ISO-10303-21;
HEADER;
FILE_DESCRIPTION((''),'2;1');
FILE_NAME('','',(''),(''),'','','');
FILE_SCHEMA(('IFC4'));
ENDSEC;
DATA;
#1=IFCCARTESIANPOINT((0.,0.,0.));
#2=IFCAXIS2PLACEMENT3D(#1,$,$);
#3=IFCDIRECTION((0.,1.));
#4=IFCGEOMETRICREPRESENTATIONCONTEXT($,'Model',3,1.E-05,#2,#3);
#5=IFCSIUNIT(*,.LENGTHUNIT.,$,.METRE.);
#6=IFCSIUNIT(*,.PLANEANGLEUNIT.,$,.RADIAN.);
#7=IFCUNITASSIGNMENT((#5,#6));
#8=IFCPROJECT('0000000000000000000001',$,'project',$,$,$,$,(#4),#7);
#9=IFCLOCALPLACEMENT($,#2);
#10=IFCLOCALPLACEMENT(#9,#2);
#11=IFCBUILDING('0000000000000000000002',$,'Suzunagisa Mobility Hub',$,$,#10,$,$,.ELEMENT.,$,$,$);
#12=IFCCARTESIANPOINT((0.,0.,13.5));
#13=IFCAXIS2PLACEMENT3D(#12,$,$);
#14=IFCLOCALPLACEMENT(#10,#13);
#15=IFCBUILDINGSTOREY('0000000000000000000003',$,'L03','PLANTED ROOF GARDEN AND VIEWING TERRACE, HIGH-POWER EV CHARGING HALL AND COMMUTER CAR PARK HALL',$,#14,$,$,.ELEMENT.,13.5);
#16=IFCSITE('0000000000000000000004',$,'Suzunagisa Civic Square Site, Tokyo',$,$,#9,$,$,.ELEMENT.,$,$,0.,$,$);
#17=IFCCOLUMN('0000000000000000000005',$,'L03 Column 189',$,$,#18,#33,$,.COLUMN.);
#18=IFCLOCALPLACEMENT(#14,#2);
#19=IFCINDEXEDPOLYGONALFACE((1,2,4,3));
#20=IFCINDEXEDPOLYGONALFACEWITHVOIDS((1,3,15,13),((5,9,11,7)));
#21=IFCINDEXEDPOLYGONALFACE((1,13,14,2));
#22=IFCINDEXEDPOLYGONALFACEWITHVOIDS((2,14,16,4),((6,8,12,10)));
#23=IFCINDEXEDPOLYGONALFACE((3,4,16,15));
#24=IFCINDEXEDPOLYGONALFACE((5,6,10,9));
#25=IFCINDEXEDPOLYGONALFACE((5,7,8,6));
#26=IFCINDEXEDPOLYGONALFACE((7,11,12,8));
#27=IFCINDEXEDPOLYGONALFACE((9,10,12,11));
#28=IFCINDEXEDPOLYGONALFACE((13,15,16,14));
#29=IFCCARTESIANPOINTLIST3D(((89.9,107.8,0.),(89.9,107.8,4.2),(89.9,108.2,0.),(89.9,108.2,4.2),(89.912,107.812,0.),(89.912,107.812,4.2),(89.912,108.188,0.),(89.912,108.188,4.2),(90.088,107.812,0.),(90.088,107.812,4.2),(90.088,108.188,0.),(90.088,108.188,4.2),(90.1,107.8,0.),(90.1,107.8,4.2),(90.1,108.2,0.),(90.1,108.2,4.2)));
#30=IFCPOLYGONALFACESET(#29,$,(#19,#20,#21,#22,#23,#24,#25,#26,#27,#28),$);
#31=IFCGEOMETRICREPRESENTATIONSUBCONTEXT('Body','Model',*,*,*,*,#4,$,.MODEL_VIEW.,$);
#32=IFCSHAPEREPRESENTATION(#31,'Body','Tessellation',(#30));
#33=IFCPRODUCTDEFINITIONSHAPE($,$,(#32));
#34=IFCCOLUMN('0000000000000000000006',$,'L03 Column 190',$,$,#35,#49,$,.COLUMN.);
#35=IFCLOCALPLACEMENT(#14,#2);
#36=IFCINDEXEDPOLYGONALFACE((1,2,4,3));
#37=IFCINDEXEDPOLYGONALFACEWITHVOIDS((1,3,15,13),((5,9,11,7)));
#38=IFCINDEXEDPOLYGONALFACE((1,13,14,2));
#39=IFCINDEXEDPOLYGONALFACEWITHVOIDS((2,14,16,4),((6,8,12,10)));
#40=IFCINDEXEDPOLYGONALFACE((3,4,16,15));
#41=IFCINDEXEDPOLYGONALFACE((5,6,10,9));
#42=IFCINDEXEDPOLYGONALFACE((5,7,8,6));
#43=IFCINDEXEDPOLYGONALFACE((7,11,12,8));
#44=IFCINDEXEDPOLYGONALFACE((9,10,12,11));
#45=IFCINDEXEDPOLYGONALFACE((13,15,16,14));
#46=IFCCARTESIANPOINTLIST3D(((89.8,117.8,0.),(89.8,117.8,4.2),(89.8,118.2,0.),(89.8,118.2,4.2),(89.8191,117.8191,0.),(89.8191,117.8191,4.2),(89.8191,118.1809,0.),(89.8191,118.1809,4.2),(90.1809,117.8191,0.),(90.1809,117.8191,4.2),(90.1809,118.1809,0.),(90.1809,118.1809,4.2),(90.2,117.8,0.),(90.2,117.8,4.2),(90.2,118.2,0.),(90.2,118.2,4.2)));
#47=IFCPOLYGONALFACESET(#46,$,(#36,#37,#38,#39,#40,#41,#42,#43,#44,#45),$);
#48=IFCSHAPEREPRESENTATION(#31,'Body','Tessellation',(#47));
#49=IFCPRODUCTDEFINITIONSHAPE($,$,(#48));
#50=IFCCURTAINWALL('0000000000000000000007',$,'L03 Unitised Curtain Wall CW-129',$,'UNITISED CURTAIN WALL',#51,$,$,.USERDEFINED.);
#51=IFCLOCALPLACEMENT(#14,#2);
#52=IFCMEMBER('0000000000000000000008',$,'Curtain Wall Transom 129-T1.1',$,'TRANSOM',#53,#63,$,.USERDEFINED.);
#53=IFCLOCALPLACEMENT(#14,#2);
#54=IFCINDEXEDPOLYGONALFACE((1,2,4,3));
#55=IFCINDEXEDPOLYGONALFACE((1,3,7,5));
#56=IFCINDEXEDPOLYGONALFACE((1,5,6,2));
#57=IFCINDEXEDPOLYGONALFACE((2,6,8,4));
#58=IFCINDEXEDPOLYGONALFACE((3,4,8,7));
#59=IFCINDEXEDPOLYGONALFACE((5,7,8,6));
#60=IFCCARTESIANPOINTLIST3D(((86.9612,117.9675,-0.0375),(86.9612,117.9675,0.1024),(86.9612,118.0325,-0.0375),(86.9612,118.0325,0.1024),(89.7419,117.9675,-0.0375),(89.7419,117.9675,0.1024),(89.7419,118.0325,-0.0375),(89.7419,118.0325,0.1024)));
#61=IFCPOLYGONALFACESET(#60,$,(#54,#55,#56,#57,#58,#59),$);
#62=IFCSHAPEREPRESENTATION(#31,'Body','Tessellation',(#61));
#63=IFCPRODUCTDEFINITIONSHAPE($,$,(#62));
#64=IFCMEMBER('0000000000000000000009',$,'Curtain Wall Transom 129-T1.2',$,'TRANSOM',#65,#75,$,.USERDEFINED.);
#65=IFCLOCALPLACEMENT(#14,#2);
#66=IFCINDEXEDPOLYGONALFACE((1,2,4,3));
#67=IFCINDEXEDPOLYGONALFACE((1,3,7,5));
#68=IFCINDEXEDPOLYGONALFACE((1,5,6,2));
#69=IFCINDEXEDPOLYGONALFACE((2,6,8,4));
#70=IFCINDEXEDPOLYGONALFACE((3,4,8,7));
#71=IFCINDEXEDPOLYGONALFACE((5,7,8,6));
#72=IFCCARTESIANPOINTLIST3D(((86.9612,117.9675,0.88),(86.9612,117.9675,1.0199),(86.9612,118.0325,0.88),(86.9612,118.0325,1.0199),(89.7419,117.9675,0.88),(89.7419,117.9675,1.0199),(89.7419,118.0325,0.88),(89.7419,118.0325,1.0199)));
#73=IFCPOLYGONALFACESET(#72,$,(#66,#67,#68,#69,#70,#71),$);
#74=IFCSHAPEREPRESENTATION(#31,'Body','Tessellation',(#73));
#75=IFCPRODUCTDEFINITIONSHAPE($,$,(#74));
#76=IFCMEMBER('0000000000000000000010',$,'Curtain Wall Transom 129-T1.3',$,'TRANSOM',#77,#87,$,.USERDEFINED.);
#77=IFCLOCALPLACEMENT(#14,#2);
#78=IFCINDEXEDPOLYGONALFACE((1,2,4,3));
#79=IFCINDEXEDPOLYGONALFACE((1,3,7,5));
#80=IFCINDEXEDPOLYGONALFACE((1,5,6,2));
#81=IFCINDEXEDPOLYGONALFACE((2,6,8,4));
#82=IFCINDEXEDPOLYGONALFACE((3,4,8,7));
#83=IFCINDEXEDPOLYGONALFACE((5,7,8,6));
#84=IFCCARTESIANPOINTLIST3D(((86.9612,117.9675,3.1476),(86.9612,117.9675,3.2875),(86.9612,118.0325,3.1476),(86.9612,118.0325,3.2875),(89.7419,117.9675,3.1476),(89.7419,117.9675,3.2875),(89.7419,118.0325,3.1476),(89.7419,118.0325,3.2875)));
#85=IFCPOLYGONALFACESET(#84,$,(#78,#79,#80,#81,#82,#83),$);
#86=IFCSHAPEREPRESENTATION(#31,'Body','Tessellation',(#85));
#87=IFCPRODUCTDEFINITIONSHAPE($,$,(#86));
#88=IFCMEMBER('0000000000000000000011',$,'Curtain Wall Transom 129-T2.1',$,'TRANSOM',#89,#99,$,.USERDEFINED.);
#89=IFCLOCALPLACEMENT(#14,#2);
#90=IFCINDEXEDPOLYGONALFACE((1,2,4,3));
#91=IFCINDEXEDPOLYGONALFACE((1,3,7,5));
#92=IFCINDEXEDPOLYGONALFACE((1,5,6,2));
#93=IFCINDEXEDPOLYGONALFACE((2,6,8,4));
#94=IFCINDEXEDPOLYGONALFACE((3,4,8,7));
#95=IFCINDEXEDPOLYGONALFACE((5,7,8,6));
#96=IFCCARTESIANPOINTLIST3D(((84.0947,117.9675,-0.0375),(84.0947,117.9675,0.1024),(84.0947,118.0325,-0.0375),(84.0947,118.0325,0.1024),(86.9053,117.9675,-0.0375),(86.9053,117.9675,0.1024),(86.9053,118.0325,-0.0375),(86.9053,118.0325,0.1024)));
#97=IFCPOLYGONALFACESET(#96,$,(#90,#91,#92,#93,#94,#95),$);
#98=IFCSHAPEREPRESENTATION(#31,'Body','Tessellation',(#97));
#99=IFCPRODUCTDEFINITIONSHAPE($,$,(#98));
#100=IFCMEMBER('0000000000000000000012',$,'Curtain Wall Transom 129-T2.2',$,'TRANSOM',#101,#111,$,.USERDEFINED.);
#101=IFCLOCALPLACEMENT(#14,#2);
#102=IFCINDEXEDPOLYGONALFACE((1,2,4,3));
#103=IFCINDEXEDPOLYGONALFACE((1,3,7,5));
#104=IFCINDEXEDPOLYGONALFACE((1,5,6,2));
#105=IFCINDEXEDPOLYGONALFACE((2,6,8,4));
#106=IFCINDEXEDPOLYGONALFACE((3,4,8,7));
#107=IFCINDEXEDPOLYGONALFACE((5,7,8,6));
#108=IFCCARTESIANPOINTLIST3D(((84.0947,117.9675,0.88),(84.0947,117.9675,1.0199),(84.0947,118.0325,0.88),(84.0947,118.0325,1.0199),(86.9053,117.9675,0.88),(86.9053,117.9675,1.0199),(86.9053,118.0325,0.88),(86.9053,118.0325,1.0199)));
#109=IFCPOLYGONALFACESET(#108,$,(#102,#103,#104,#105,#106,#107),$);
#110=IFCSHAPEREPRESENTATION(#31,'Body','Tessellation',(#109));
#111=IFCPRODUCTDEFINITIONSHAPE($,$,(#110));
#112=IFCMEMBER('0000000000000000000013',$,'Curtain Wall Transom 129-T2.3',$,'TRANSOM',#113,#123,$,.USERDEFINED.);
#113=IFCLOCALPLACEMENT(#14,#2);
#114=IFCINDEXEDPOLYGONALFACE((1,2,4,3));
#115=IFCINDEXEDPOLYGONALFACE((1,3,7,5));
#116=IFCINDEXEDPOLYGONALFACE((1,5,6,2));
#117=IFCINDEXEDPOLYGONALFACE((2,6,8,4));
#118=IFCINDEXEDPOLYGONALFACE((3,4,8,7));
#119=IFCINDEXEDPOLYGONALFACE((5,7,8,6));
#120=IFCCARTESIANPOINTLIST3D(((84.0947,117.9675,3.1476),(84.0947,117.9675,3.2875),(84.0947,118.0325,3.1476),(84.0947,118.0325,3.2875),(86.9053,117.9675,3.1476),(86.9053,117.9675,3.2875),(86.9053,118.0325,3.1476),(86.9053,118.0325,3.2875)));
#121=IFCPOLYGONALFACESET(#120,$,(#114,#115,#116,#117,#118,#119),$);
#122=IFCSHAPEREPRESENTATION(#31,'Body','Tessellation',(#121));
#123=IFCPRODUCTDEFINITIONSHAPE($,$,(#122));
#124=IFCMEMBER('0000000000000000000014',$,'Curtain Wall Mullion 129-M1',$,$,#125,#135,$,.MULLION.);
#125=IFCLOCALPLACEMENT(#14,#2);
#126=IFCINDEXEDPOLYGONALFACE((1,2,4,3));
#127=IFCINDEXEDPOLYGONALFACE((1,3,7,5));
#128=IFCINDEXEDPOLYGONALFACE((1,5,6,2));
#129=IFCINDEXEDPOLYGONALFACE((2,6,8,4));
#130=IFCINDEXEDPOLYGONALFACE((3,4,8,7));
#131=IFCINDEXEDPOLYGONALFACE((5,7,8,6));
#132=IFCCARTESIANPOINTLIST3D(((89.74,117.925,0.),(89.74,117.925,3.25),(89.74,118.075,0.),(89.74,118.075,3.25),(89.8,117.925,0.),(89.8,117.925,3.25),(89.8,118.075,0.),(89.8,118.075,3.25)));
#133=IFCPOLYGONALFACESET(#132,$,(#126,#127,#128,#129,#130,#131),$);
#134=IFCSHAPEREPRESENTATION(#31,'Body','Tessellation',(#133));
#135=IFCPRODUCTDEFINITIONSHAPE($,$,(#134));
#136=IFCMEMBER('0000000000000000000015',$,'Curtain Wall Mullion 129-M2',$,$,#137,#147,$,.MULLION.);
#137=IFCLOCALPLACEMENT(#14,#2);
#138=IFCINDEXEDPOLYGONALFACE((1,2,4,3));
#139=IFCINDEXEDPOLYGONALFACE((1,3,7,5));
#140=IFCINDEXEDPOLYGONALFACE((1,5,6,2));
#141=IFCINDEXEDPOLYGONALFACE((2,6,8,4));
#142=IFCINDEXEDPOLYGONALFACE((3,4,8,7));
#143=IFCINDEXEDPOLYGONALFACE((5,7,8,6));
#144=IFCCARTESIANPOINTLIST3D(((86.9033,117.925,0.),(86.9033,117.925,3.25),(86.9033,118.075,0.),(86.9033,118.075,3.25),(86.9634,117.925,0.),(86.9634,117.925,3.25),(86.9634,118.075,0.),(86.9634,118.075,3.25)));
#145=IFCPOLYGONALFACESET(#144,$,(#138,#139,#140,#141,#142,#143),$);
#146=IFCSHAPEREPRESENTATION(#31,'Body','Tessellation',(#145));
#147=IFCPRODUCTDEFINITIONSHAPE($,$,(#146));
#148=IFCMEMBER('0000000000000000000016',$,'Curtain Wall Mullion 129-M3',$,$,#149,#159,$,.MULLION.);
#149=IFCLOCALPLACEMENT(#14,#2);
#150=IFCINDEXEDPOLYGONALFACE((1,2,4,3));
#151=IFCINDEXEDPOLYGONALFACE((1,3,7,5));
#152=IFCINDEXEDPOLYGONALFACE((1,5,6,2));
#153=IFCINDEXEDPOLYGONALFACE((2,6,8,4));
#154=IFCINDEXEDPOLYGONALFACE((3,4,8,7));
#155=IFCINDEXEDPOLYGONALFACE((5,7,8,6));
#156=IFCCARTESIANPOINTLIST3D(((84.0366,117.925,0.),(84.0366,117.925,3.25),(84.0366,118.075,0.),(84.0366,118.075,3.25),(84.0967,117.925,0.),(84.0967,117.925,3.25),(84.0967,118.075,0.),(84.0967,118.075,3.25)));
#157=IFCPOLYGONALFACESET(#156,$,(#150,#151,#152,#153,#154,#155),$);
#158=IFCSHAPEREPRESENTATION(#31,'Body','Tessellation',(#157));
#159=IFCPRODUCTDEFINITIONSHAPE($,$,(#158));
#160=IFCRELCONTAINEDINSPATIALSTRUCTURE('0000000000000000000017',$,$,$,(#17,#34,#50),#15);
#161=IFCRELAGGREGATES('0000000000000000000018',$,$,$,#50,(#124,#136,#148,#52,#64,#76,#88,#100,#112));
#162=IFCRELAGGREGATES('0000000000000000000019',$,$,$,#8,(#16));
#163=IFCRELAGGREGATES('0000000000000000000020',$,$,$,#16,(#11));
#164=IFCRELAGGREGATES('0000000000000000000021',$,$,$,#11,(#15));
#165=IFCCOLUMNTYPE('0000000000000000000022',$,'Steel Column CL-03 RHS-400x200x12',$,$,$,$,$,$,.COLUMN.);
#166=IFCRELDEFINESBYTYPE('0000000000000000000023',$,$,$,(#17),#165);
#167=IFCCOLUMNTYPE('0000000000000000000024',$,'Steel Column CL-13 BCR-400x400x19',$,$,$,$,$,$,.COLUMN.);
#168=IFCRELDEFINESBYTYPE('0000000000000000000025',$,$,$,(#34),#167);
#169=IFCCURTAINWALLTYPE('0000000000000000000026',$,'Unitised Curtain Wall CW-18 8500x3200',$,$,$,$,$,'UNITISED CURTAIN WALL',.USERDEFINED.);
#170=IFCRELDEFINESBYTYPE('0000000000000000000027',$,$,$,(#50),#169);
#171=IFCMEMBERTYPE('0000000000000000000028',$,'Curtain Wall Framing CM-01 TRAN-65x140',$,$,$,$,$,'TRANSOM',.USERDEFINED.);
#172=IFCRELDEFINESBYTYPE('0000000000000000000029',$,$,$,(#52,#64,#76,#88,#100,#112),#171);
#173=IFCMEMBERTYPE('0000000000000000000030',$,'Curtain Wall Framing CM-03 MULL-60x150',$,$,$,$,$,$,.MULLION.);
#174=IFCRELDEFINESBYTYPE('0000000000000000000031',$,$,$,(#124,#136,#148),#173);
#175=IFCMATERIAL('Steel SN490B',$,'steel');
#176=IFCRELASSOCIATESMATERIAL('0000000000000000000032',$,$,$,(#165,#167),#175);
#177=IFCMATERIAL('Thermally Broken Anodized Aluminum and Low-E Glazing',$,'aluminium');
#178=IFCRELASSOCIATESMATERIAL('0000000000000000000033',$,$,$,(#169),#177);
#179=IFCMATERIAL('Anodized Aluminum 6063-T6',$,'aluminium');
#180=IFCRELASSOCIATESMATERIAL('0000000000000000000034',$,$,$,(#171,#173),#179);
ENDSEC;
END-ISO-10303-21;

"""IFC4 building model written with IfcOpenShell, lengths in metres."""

from ifc_helpers import new_model, si_unit, direction, frame, origin, origin_2d, place, context, subcontext, project, spatial, rectangle, hollow_rectangle, extrude, material, material_profile, profile_set, type_object, element, aggregate, save


model = new_model("IFC4")

# Units and contexts
model_context = context("Model", 3, precision=1e-05, world=origin(), true_north=direction((0.0, 1.0)))
body_context = subcontext(model_context, "Body", "Model", "MODEL_VIEW")
ifc_project = project(units=[si_unit("LENGTHUNIT", "METRE"), si_unit("PLANEANGLEUNIT", "RADIAN")], contexts=[model_context])

# Site, building, storey
site_placement = place(None, origin())
site = spatial("IfcSite", under=ifc_project, at=site_placement, Name="Suzunagisa Civic Square Site, Tokyo", CompositionType="ELEMENT", RefElevation=0.0)
building_placement = place(site_placement, origin())
building = spatial("IfcBuilding", under=site, at=building_placement, Name="Suzunagisa Mobility Hub", CompositionType="ELEMENT")
storey_placement = place(building_placement, frame((0.0, 0.0, 13.5)))
storey = spatial("IfcBuildingStorey", under=building, at=storey_placement, Name="L03", Description="PLANTED ROOF GARDEN AND VIEWING TERRACE, HIGH-POWER EV CHARGING HALL AND COMMUTER CAR PARK HALL", CompositionType="ELEMENT", Elevation=13.5)

# Columns
ifc_material_1 = material(Name="Steel SN490B", Category="steel")
ifc_material_profile_1 = material_profile(ifc_material_1, hollow_rectangle(XDim=0.2, YDim=0.3999, WallThickness=0.012, at=origin_2d()), Name="RHS-400x200x12")
ifc_profile_set_1 = profile_set([ifc_material_profile_1], Name="Steel SN490B")
column_type_1 = type_object("IfcColumnType", Name="Steel Column CL-03 RHS-400x200x12", PredefinedType="COLUMN", material=ifc_profile_set_1)
column_1_placement = place(storey_placement, frame((90.0, 108.0, 0.0), z_axis=(0.0, 0.0, 1.0), x_axis=(1.0, 0.0, 0.0)))
element("IfcColumn", 1, at=column_1_placement, inside=storey, type_object=column_type_1, Name="L03 Column 189", PredefinedType="COLUMN", context=body_context, shape_type="SweptSolid", body=[
    extrude(hollow_rectangle(XDim=0.2, YDim=0.3999, WallThickness=0.012, at=origin_2d()), origin(), (0.0, 0.0, 1.0), 4.2),
])
ifc_material_profile_2 = material_profile(ifc_material_1, hollow_rectangle(XDim=0.3999, YDim=0.3999, WallThickness=0.019, at=origin_2d()), Name="BCR-400x400x19")
ifc_profile_set_2 = profile_set([ifc_material_profile_2], Name="Steel SN490B")
column_type_2 = type_object("IfcColumnType", Name="Steel Column CL-13 BCR-400x400x19", PredefinedType="COLUMN", material=ifc_profile_set_2)
column_2_placement = place(storey_placement, frame((90.0, 118.0, 0.0), z_axis=(0.0, 0.0, 1.0), x_axis=(1.0, 0.0, 0.0)))
element("IfcColumn", 2, at=column_2_placement, inside=storey, type_object=column_type_2, Name="L03 Column 190", PredefinedType="COLUMN", context=body_context, shape_type="SweptSolid", body=[
    extrude(hollow_rectangle(XDim=0.3999, YDim=0.3999, WallThickness=0.019, at=origin_2d()), origin(), (0.0, 0.0, 1.0), 4.2),
])

# Curtain wall, members
ifc_material_2 = material(Name="Thermally Broken Anodized Aluminum and Low-E Glazing", Category="aluminium")
curtain_wall_type = type_object("IfcCurtainWallType", Name="Unitised Curtain Wall CW-18 8500x3200", ElementType="UNITISED CURTAIN WALL", PredefinedType="USERDEFINED", material=ifc_material_2)
curtain_wall_placement = place(storey_placement, origin())
curtain_wall = element("IfcCurtainWall", 3, at=curtain_wall_placement, inside=storey, type_object=curtain_wall_type, Name="L03 Unitised Curtain Wall CW-129", ObjectType="UNITISED CURTAIN WALL", PredefinedType="USERDEFINED")
ifc_material_3 = material(Name="Anodized Aluminum 6063-T6", Category="aluminium")
ifc_material_profile_3 = material_profile(ifc_material_3, rectangle(XDim=0.0649, YDim=0.1399, at=origin_2d()), Name="TRAN-65x140")
ifc_profile_set_3 = profile_set([ifc_material_profile_3], Name="Anodized Aluminum 6063-T6")
member_type_1 = type_object("IfcMemberType", Name="Curtain Wall Framing CM-01 TRAN-65x140", ElementType="TRANSOM", PredefinedType="USERDEFINED", material=ifc_profile_set_3)
member_1_placement = place(storey_placement, frame((89.7419, 118.0, 0.0325), z_axis=(-1.0, 0.0, 0.0), x_axis=(0.0, -1.0, 0.0)))
member_1 = element("IfcMember", 4, at=member_1_placement, type_object=member_type_1, Name="Curtain Wall Transom 129-T1.1", ObjectType="TRANSOM", PredefinedType="USERDEFINED", context=body_context, shape_type="SweptSolid", body=[
    extrude(rectangle(XDim=0.0649, YDim=0.1399, at=origin_2d()), origin(), (0.0, 0.0, 1.0), 2.7808),
])
member_2_placement = place(storey_placement, frame((89.7419, 118.0, 0.95), z_axis=(-1.0, 0.0, 0.0), x_axis=(0.0, -1.0, 0.0)))
member_2 = element("IfcMember", 5, at=member_2_placement, type_object=member_type_1, Name="Curtain Wall Transom 129-T1.2", ObjectType="TRANSOM", PredefinedType="USERDEFINED", context=body_context, shape_type="SweptSolid", body=[
    extrude(rectangle(XDim=0.0649, YDim=0.1399, at=origin_2d()), origin(), (0.0, 0.0, 1.0), 2.7808),
])
member_3_placement = place(storey_placement, frame((89.7419, 118.0, 3.2175), z_axis=(-1.0, 0.0, 0.0), x_axis=(0.0, -1.0, 0.0)))
member_3 = element("IfcMember", 6, at=member_3_placement, type_object=member_type_1, Name="Curtain Wall Transom 129-T1.3", ObjectType="TRANSOM", PredefinedType="USERDEFINED", context=body_context, shape_type="SweptSolid", body=[
    extrude(rectangle(XDim=0.0649, YDim=0.1399, at=origin_2d()), origin(), (0.0, 0.0, 1.0), 2.7808),
])
member_4_placement = place(storey_placement, frame((86.9053, 118.0, 0.0325), z_axis=(-1.0, 0.0, 0.0), x_axis=(0.0, -1.0, 0.0)))
member_4 = element("IfcMember", 7, at=member_4_placement, type_object=member_type_1, Name="Curtain Wall Transom 129-T2.1", ObjectType="TRANSOM", PredefinedType="USERDEFINED", context=body_context, shape_type="SweptSolid", body=[
    extrude(rectangle(XDim=0.0649, YDim=0.1399, at=origin_2d()), origin(), (0.0, 0.0, 1.0), 2.8105),
])
member_5_placement = place(storey_placement, frame((86.9053, 118.0, 0.95), z_axis=(-1.0, 0.0, 0.0), x_axis=(0.0, -1.0, 0.0)))
member_5 = element("IfcMember", 8, at=member_5_placement, type_object=member_type_1, Name="Curtain Wall Transom 129-T2.2", ObjectType="TRANSOM", PredefinedType="USERDEFINED", context=body_context, shape_type="SweptSolid", body=[
    extrude(rectangle(XDim=0.0649, YDim=0.1399, at=origin_2d()), origin(), (0.0, 0.0, 1.0), 2.8105),
])
member_6_placement = place(storey_placement, frame((86.9053, 118.0, 3.2175), z_axis=(-1.0, 0.0, 0.0), x_axis=(0.0, -1.0, 0.0)))
member_6 = element("IfcMember", 9, at=member_6_placement, type_object=member_type_1, Name="Curtain Wall Transom 129-T2.3", ObjectType="TRANSOM", PredefinedType="USERDEFINED", context=body_context, shape_type="SweptSolid", body=[
    extrude(rectangle(XDim=0.0649, YDim=0.1399, at=origin_2d()), origin(), (0.0, 0.0, 1.0), 2.8105),
])
ifc_material_profile_4 = material_profile(ifc_material_3, rectangle(XDim=0.0601, YDim=0.1499, at=origin_2d()), Name="MULL-60x150")
ifc_profile_set_4 = profile_set([ifc_material_profile_4], Name="Anodized Aluminum 6063-T6")
member_type_2 = type_object("IfcMemberType", Name="Curtain Wall Framing CM-03 MULL-60x150", PredefinedType="MULLION", material=ifc_profile_set_4)
member_7_placement = place(storey_placement, frame((89.77, 118.0, 0.0), z_axis=(0.0, 0.0, 1.0), x_axis=(-1.0, 0.0, 0.0)))
member_7 = element("IfcMember", 10, at=member_7_placement, type_object=member_type_2, Name="Curtain Wall Mullion 129-M1", PredefinedType="MULLION", context=body_context, shape_type="SweptSolid", body=[
    extrude(rectangle(XDim=0.0601, YDim=0.1499, at=origin_2d()), origin(), (0.0, 0.0, 1.0), 3.25),
])
member_8_placement = place(storey_placement, frame((86.9333, 118.0, 0.0), z_axis=(0.0, 0.0, 1.0), x_axis=(-1.0, 0.0, 0.0)))
member_8 = element("IfcMember", 11, at=member_8_placement, type_object=member_type_2, Name="Curtain Wall Mullion 129-M2", PredefinedType="MULLION", context=body_context, shape_type="SweptSolid", body=[
    extrude(rectangle(XDim=0.0601, YDim=0.1499, at=origin_2d()), origin(), (0.0, 0.0, 1.0), 3.25),
])
member_9_placement = place(storey_placement, frame((84.0667, 118.0, 0.0), z_axis=(0.0, 0.0, 1.0), x_axis=(-1.0, 0.0, 0.0)))
member_9 = element("IfcMember", 12, at=member_9_placement, type_object=member_type_2, Name="Curtain Wall Mullion 129-M3", PredefinedType="MULLION", context=body_context, shape_type="SweptSolid", body=[
    extrude(rectangle(XDim=0.0601, YDim=0.1499, at=origin_2d()), origin(), (0.0, 0.0, 1.0), 3.25),
])

aggregate(curtain_wall, [member_7, member_8, member_9, member_1, member_2, member_3, member_4, member_5, member_6])

save(model, "model.ifc")
